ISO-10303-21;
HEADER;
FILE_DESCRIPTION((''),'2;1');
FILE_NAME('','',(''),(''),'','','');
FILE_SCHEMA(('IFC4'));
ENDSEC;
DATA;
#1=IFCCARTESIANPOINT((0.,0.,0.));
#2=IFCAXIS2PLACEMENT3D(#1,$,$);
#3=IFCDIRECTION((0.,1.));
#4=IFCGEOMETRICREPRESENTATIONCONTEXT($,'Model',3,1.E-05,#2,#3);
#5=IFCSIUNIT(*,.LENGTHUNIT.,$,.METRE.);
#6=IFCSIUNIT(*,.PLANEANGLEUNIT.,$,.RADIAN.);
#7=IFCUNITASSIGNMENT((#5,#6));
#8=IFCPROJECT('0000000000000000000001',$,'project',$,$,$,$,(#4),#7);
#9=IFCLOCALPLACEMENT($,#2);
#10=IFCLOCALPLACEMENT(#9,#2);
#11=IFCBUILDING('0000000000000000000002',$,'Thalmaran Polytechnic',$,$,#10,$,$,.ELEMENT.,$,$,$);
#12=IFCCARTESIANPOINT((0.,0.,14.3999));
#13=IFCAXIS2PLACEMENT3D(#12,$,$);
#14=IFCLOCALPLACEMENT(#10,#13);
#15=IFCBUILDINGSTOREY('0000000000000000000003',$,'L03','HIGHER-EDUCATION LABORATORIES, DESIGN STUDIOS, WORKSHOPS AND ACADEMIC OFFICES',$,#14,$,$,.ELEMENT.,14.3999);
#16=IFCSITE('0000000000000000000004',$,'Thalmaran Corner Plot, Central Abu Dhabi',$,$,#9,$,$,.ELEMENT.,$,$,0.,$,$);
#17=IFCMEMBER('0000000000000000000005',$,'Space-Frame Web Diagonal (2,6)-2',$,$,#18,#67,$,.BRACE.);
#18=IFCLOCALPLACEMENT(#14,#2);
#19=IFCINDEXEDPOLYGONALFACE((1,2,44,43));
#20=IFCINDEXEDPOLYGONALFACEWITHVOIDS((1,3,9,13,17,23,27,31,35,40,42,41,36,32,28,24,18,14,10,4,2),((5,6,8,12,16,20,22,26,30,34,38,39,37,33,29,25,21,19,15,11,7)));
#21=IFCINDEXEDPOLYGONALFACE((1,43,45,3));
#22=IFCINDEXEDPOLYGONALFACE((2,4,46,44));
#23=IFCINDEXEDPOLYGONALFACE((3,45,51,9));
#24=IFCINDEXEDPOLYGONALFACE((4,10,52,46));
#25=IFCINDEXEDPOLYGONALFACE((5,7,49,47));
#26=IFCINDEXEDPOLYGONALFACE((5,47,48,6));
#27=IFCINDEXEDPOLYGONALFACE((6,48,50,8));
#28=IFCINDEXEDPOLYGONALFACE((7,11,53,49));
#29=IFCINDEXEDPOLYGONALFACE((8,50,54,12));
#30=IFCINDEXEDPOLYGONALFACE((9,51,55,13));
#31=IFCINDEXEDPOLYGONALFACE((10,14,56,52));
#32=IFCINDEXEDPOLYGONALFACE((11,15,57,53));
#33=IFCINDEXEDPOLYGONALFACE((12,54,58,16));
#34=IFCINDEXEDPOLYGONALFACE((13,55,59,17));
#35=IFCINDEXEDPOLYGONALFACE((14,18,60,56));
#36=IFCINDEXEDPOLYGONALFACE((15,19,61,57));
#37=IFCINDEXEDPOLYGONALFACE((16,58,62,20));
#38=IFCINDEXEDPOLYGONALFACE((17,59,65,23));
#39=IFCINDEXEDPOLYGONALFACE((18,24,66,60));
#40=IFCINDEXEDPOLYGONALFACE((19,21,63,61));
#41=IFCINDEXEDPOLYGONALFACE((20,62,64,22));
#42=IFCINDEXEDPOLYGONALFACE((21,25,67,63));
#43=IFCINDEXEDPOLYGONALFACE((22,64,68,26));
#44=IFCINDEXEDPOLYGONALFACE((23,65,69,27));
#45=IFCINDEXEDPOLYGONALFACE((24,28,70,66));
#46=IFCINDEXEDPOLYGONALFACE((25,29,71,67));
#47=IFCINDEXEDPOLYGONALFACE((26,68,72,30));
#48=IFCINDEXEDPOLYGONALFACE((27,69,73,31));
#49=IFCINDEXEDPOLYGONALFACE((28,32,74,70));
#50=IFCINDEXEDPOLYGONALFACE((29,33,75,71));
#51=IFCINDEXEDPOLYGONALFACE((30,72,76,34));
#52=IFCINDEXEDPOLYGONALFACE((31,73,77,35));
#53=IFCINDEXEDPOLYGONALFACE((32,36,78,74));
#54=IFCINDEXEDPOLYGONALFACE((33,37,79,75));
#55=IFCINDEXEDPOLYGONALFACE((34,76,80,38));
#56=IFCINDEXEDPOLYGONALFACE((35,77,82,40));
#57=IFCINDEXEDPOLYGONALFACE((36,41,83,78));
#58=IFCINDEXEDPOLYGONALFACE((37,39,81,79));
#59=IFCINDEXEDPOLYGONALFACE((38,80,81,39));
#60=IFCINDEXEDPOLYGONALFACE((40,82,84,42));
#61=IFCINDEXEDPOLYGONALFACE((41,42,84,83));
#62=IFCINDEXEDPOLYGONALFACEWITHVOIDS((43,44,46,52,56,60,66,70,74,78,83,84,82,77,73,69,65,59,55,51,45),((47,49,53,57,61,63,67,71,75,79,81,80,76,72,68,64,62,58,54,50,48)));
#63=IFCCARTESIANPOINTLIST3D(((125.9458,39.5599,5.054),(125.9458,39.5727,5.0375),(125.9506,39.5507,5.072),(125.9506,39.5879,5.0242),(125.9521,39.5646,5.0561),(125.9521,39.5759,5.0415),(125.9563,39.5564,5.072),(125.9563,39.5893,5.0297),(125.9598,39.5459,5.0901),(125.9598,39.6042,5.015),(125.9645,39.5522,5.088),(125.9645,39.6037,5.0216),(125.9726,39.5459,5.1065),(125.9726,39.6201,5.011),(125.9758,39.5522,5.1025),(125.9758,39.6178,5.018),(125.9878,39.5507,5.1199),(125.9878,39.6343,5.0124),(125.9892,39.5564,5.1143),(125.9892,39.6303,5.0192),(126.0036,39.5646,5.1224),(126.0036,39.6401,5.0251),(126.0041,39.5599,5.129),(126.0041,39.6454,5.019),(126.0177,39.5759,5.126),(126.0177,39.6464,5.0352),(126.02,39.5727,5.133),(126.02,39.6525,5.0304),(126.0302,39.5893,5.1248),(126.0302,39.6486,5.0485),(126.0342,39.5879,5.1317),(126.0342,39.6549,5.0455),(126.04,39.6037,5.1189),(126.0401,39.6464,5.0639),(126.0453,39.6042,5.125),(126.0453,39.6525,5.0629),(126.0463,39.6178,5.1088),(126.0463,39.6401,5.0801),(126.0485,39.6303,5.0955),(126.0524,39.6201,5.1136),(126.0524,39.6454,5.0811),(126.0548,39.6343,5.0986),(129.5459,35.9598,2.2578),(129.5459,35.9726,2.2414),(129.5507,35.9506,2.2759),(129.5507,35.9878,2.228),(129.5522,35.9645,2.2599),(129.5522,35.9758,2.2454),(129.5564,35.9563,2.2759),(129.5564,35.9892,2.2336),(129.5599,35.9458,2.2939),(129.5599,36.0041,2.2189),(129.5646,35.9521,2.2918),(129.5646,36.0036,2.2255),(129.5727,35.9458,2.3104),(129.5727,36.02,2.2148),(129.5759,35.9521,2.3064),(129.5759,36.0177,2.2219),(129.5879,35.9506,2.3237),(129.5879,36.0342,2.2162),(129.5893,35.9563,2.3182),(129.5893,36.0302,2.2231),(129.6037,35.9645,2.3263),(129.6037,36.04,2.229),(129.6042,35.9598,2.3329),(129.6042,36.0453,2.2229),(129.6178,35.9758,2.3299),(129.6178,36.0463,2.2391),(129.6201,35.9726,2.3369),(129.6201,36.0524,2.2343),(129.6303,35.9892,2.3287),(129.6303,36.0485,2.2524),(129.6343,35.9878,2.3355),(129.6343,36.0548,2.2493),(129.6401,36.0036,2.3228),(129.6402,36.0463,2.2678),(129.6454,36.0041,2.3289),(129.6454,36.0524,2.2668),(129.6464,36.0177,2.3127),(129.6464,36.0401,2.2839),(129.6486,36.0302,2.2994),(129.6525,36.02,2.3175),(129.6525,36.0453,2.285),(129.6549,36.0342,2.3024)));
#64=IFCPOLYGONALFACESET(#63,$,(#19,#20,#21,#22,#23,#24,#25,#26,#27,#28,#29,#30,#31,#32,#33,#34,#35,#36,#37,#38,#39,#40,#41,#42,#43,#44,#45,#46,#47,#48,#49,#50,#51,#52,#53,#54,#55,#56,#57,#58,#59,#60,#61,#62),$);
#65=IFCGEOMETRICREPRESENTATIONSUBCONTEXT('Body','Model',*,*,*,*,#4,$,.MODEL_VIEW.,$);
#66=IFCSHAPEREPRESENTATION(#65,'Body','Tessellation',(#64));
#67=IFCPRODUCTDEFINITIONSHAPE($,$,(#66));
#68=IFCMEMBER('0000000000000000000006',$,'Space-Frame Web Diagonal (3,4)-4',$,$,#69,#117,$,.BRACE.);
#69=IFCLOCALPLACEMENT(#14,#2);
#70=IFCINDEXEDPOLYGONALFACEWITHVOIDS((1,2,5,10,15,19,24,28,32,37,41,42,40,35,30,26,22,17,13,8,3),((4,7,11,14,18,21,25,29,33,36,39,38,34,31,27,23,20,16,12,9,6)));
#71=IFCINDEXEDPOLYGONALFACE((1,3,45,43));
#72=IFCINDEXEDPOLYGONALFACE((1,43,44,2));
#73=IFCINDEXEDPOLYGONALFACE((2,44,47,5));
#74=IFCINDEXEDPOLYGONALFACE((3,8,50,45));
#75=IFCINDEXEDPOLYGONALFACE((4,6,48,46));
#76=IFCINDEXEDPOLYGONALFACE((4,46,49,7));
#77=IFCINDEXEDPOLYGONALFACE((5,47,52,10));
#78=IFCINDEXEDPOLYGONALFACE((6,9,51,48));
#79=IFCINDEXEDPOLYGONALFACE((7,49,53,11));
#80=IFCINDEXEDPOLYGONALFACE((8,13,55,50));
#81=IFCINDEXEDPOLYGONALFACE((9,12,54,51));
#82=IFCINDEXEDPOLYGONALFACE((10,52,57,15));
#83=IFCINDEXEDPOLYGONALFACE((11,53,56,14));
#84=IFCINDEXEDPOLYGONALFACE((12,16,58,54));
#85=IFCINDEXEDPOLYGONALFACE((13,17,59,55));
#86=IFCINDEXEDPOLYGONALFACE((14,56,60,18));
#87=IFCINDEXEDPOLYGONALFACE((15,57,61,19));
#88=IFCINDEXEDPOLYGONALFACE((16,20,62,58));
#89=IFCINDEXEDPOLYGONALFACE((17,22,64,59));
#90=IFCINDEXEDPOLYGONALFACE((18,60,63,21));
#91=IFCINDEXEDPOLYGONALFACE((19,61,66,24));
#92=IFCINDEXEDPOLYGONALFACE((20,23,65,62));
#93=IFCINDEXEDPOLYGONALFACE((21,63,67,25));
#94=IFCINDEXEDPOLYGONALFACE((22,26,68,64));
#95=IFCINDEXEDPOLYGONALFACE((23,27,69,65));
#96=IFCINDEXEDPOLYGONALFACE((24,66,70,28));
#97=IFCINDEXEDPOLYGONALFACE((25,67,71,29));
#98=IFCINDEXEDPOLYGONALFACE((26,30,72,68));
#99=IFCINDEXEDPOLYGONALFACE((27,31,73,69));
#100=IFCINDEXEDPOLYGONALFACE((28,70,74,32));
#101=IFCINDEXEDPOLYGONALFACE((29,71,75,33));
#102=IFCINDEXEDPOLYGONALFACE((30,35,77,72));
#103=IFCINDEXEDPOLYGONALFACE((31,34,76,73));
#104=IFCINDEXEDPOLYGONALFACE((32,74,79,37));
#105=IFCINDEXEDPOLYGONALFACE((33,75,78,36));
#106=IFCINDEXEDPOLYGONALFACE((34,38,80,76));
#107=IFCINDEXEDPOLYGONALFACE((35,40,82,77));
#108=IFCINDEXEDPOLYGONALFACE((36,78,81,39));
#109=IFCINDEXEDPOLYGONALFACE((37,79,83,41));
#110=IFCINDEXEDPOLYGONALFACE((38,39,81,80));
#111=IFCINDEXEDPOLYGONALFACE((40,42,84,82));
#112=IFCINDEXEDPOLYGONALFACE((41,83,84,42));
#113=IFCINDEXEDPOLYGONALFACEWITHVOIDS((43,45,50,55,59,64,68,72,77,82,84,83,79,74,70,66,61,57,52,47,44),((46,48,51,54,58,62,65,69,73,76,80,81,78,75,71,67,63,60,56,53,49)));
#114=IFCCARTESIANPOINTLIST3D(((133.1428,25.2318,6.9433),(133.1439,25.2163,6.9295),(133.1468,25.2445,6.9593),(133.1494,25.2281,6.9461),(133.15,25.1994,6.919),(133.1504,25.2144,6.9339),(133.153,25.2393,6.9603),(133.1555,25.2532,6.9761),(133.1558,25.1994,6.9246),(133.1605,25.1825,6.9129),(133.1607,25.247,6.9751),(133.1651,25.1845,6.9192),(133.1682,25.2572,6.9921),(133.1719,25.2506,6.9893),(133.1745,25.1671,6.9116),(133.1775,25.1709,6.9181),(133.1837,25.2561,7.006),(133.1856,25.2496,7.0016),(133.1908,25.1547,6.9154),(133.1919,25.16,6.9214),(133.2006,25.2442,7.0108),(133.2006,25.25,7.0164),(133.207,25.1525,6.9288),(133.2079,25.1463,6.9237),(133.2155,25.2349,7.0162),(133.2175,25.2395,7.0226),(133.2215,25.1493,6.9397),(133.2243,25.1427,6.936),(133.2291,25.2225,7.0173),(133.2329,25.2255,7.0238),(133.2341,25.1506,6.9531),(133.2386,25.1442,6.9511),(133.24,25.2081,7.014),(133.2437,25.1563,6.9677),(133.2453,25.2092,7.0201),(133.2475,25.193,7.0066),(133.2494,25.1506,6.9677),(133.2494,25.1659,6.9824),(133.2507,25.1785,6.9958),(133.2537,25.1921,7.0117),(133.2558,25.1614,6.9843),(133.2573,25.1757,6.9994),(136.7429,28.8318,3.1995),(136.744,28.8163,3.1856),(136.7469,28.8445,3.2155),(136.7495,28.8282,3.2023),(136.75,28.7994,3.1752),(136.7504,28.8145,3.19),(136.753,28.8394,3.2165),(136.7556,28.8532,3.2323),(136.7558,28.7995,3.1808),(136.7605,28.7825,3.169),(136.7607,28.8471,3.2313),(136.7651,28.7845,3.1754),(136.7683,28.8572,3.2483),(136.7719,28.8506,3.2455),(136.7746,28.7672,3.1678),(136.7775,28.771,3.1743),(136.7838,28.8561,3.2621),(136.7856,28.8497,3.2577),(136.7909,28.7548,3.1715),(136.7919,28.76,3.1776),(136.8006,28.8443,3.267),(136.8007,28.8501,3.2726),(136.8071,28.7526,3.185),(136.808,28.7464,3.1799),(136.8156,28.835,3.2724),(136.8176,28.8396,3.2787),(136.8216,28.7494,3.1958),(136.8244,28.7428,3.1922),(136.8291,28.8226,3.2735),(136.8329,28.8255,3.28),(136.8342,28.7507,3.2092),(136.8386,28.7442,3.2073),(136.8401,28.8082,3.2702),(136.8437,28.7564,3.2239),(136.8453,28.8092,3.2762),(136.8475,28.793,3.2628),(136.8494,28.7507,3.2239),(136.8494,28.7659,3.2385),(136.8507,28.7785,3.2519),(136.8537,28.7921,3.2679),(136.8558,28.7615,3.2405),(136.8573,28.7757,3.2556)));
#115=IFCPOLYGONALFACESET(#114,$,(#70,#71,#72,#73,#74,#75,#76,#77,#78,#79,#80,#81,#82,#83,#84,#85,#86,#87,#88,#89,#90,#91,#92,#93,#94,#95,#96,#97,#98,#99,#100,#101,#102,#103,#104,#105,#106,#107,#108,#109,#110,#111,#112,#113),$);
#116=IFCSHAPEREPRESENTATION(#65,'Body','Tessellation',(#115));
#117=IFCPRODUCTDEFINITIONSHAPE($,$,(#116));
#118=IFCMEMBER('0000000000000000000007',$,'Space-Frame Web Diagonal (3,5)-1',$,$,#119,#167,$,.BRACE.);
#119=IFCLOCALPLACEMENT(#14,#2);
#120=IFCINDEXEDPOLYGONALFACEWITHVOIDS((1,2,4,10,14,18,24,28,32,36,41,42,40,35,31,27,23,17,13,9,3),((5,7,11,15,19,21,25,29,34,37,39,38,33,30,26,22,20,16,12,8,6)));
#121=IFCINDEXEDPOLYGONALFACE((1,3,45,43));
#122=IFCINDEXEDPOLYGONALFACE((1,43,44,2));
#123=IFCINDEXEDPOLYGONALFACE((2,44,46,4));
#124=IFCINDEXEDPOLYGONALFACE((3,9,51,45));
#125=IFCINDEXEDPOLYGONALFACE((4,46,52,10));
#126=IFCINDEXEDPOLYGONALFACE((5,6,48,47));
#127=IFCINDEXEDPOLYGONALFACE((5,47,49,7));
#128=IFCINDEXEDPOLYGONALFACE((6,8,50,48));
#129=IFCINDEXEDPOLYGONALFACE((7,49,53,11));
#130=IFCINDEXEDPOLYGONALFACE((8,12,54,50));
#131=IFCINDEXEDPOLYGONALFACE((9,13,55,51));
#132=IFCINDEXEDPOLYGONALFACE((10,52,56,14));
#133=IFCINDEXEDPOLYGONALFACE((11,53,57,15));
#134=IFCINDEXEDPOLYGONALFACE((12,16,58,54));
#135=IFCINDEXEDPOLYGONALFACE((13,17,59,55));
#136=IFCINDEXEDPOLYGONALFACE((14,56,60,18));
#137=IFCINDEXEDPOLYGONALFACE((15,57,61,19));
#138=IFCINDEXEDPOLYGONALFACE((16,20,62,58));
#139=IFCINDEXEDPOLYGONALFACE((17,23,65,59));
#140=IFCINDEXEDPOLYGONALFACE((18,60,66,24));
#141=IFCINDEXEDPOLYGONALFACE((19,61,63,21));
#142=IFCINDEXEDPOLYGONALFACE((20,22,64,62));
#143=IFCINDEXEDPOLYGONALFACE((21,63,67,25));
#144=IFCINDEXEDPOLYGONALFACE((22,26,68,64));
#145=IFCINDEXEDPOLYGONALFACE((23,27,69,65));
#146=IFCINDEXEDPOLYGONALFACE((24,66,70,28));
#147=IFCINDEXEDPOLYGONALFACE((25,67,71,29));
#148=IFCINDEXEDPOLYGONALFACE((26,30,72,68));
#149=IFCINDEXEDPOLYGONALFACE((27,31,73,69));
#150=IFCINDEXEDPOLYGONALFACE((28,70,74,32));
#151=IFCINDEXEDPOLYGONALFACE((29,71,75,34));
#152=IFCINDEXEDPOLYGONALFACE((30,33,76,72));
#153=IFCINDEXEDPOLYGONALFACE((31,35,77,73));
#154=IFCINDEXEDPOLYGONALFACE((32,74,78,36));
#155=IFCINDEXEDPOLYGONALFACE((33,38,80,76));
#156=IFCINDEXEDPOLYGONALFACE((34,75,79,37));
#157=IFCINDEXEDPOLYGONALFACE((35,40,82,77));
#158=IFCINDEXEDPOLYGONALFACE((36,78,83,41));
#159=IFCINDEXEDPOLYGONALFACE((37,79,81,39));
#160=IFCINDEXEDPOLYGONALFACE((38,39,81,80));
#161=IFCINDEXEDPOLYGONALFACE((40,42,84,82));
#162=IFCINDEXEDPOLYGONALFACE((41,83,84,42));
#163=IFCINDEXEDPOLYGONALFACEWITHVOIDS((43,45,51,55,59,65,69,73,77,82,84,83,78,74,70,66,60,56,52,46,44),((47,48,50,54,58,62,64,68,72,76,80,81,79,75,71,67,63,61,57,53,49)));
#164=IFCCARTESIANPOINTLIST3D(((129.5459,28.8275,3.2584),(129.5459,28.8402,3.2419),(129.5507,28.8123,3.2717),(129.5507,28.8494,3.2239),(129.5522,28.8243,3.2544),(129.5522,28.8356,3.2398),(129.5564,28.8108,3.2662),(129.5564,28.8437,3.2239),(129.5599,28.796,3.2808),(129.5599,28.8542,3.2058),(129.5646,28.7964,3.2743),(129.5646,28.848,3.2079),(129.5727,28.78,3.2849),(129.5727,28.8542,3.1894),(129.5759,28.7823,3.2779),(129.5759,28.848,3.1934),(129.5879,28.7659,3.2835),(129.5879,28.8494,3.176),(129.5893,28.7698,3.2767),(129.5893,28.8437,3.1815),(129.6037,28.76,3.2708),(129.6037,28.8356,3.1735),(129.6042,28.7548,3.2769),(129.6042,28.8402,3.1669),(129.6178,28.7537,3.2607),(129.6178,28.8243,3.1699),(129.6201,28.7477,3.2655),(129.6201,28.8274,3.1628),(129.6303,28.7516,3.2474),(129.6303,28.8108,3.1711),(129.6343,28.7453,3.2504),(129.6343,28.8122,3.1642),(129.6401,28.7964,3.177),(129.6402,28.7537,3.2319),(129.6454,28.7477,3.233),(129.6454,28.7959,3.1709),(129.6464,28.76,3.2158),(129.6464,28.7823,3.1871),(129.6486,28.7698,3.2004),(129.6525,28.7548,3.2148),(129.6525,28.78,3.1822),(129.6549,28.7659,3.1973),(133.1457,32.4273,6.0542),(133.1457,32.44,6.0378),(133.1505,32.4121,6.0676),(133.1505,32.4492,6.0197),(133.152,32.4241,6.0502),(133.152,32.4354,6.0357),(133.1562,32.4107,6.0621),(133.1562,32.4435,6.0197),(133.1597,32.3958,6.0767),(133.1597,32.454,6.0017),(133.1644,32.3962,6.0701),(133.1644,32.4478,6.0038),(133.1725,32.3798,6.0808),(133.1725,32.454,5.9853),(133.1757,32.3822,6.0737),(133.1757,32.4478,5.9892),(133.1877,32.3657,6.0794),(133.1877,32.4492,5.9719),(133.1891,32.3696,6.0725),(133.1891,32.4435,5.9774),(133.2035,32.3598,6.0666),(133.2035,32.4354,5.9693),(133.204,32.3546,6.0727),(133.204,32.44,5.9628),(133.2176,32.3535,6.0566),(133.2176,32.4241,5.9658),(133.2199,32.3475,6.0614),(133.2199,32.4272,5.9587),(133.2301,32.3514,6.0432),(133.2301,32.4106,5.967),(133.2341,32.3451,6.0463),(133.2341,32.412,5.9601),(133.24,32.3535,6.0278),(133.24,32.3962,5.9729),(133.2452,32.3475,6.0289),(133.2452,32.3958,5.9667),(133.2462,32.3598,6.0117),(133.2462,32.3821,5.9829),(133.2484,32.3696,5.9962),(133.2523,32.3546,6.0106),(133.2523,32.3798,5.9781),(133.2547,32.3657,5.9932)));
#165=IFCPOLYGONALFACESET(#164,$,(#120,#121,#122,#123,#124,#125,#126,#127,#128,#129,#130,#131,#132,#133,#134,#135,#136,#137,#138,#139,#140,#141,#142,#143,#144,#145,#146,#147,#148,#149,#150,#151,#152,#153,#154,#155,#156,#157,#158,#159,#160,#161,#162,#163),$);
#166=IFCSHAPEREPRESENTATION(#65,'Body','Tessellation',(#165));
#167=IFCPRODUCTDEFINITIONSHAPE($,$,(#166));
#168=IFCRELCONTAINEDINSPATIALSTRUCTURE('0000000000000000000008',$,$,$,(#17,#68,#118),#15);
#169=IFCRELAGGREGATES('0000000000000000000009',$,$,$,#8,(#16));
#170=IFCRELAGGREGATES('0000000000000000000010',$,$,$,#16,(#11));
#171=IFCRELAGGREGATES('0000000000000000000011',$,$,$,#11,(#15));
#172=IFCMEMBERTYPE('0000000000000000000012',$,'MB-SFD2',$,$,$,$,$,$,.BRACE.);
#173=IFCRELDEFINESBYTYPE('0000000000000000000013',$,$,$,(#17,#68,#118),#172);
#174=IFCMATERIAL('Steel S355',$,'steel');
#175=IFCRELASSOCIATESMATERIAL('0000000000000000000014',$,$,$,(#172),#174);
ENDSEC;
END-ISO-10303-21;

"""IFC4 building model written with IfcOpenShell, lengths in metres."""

from ifc_helpers import new_model, si_unit, direction, frame, origin, origin_2d, place, context, subcontext, project, spatial, hollow_circle, extrude, material, material_profile, profile_set, type_object, element, save


model = new_model("IFC4")

# Units and contexts
model_context = context("Model", 3, precision=1e-05, world=origin(), true_north=direction((0.0, 1.0)))
body_context = subcontext(model_context, "Body", "Model", "MODEL_VIEW")
ifc_project = project(units=[si_unit("LENGTHUNIT", "METRE"), si_unit("PLANEANGLEUNIT", "RADIAN")], contexts=[model_context])

# Site, building, storey
site_placement = place(None, origin())
site = spatial("IfcSite", under=ifc_project, at=site_placement, Name="Thalmaran Corner Plot, Central Abu Dhabi", CompositionType="ELEMENT", RefElevation=0.0)
building_placement = place(site_placement, origin())
building = spatial("IfcBuilding", under=site, at=building_placement, Name="Thalmaran Polytechnic", CompositionType="ELEMENT")
storey_placement = place(building_placement, frame((0.0, 0.0, 14.3999)))
storey = spatial("IfcBuildingStorey", under=building, at=storey_placement, Name="L03", Description="HIGHER-EDUCATION LABORATORIES, DESIGN STUDIOS, WORKSHOPS AND ACADEMIC OFFICES", CompositionType="ELEMENT", Elevation=14.3999)

# Members
ifc_material = material(Name="Steel S355", Category="steel")
ifc_material_profile_1 = material_profile(ifc_material, hollow_circle(Radius=0.0698, WallThickness=0.0081, at=origin_2d()), Name="CHS 139.7x8.0")
ifc_profile_set_1 = profile_set([ifc_material_profile_1], Name="Steel S355")
member_type_1 = type_object("IfcMemberType", Name="MB-SFD2", PredefinedType="BRACE", material=ifc_profile_set_1)
member_1_placement = place(storey_placement, frame((129.6001, 36.0, 2.2759), z_axis=(-0.619788, 0.619788, 0.48138), x_axis=(-0.707107, -0.707107, 0.0)))
element("IfcMember", 1, at=member_1_placement, inside=storey, type_object=member_type_1, Name="Space-Frame Web Diagonal (2,6)-2", PredefinedType="BRACE", context=body_context, shape_type="SweptSolid", body=[
    extrude(hollow_circle(Radius=0.0698, WallThickness=0.0081, at=origin_2d()), origin(), (0.0, 0.0, 1.0), 5.8086),
])
member_2_placement = place(storey_placement, frame((136.8, 28.8, 3.2239), z_axis=(-0.569666, -0.569666, 0.59242), x_axis=(0.707107, -0.707107, 0.0)))
element("IfcMember", 2, at=member_2_placement, inside=storey, type_object=member_type_1, Name="Space-Frame Web Diagonal (3,4)-4", PredefinedType="BRACE", context=body_context, shape_type="SweptSolid", body=[
    extrude(hollow_circle(Radius=0.0698, WallThickness=0.0081, at=origin_2d()), origin(), (0.0, 0.0, 1.0), 6.3196),
])
member_3_placement = place(storey_placement, frame((129.6001, 28.8, 3.2239), z_axis=(0.61979, 0.61979, 0.481373), x_axis=(-0.707107, 0.707107, 0.0)))
element("IfcMember", 3, at=member_3_placement, inside=storey, type_object=member_type_1, Name="Space-Frame Web Diagonal (3,5)-1", PredefinedType="BRACE", context=body_context, shape_type="SweptSolid", body=[
    extrude(hollow_circle(Radius=0.0698, WallThickness=0.0081, at=origin_2d()), origin(), (0.0, 0.0, 1.0), 5.8081),
])

save(model, "model.ifc")
